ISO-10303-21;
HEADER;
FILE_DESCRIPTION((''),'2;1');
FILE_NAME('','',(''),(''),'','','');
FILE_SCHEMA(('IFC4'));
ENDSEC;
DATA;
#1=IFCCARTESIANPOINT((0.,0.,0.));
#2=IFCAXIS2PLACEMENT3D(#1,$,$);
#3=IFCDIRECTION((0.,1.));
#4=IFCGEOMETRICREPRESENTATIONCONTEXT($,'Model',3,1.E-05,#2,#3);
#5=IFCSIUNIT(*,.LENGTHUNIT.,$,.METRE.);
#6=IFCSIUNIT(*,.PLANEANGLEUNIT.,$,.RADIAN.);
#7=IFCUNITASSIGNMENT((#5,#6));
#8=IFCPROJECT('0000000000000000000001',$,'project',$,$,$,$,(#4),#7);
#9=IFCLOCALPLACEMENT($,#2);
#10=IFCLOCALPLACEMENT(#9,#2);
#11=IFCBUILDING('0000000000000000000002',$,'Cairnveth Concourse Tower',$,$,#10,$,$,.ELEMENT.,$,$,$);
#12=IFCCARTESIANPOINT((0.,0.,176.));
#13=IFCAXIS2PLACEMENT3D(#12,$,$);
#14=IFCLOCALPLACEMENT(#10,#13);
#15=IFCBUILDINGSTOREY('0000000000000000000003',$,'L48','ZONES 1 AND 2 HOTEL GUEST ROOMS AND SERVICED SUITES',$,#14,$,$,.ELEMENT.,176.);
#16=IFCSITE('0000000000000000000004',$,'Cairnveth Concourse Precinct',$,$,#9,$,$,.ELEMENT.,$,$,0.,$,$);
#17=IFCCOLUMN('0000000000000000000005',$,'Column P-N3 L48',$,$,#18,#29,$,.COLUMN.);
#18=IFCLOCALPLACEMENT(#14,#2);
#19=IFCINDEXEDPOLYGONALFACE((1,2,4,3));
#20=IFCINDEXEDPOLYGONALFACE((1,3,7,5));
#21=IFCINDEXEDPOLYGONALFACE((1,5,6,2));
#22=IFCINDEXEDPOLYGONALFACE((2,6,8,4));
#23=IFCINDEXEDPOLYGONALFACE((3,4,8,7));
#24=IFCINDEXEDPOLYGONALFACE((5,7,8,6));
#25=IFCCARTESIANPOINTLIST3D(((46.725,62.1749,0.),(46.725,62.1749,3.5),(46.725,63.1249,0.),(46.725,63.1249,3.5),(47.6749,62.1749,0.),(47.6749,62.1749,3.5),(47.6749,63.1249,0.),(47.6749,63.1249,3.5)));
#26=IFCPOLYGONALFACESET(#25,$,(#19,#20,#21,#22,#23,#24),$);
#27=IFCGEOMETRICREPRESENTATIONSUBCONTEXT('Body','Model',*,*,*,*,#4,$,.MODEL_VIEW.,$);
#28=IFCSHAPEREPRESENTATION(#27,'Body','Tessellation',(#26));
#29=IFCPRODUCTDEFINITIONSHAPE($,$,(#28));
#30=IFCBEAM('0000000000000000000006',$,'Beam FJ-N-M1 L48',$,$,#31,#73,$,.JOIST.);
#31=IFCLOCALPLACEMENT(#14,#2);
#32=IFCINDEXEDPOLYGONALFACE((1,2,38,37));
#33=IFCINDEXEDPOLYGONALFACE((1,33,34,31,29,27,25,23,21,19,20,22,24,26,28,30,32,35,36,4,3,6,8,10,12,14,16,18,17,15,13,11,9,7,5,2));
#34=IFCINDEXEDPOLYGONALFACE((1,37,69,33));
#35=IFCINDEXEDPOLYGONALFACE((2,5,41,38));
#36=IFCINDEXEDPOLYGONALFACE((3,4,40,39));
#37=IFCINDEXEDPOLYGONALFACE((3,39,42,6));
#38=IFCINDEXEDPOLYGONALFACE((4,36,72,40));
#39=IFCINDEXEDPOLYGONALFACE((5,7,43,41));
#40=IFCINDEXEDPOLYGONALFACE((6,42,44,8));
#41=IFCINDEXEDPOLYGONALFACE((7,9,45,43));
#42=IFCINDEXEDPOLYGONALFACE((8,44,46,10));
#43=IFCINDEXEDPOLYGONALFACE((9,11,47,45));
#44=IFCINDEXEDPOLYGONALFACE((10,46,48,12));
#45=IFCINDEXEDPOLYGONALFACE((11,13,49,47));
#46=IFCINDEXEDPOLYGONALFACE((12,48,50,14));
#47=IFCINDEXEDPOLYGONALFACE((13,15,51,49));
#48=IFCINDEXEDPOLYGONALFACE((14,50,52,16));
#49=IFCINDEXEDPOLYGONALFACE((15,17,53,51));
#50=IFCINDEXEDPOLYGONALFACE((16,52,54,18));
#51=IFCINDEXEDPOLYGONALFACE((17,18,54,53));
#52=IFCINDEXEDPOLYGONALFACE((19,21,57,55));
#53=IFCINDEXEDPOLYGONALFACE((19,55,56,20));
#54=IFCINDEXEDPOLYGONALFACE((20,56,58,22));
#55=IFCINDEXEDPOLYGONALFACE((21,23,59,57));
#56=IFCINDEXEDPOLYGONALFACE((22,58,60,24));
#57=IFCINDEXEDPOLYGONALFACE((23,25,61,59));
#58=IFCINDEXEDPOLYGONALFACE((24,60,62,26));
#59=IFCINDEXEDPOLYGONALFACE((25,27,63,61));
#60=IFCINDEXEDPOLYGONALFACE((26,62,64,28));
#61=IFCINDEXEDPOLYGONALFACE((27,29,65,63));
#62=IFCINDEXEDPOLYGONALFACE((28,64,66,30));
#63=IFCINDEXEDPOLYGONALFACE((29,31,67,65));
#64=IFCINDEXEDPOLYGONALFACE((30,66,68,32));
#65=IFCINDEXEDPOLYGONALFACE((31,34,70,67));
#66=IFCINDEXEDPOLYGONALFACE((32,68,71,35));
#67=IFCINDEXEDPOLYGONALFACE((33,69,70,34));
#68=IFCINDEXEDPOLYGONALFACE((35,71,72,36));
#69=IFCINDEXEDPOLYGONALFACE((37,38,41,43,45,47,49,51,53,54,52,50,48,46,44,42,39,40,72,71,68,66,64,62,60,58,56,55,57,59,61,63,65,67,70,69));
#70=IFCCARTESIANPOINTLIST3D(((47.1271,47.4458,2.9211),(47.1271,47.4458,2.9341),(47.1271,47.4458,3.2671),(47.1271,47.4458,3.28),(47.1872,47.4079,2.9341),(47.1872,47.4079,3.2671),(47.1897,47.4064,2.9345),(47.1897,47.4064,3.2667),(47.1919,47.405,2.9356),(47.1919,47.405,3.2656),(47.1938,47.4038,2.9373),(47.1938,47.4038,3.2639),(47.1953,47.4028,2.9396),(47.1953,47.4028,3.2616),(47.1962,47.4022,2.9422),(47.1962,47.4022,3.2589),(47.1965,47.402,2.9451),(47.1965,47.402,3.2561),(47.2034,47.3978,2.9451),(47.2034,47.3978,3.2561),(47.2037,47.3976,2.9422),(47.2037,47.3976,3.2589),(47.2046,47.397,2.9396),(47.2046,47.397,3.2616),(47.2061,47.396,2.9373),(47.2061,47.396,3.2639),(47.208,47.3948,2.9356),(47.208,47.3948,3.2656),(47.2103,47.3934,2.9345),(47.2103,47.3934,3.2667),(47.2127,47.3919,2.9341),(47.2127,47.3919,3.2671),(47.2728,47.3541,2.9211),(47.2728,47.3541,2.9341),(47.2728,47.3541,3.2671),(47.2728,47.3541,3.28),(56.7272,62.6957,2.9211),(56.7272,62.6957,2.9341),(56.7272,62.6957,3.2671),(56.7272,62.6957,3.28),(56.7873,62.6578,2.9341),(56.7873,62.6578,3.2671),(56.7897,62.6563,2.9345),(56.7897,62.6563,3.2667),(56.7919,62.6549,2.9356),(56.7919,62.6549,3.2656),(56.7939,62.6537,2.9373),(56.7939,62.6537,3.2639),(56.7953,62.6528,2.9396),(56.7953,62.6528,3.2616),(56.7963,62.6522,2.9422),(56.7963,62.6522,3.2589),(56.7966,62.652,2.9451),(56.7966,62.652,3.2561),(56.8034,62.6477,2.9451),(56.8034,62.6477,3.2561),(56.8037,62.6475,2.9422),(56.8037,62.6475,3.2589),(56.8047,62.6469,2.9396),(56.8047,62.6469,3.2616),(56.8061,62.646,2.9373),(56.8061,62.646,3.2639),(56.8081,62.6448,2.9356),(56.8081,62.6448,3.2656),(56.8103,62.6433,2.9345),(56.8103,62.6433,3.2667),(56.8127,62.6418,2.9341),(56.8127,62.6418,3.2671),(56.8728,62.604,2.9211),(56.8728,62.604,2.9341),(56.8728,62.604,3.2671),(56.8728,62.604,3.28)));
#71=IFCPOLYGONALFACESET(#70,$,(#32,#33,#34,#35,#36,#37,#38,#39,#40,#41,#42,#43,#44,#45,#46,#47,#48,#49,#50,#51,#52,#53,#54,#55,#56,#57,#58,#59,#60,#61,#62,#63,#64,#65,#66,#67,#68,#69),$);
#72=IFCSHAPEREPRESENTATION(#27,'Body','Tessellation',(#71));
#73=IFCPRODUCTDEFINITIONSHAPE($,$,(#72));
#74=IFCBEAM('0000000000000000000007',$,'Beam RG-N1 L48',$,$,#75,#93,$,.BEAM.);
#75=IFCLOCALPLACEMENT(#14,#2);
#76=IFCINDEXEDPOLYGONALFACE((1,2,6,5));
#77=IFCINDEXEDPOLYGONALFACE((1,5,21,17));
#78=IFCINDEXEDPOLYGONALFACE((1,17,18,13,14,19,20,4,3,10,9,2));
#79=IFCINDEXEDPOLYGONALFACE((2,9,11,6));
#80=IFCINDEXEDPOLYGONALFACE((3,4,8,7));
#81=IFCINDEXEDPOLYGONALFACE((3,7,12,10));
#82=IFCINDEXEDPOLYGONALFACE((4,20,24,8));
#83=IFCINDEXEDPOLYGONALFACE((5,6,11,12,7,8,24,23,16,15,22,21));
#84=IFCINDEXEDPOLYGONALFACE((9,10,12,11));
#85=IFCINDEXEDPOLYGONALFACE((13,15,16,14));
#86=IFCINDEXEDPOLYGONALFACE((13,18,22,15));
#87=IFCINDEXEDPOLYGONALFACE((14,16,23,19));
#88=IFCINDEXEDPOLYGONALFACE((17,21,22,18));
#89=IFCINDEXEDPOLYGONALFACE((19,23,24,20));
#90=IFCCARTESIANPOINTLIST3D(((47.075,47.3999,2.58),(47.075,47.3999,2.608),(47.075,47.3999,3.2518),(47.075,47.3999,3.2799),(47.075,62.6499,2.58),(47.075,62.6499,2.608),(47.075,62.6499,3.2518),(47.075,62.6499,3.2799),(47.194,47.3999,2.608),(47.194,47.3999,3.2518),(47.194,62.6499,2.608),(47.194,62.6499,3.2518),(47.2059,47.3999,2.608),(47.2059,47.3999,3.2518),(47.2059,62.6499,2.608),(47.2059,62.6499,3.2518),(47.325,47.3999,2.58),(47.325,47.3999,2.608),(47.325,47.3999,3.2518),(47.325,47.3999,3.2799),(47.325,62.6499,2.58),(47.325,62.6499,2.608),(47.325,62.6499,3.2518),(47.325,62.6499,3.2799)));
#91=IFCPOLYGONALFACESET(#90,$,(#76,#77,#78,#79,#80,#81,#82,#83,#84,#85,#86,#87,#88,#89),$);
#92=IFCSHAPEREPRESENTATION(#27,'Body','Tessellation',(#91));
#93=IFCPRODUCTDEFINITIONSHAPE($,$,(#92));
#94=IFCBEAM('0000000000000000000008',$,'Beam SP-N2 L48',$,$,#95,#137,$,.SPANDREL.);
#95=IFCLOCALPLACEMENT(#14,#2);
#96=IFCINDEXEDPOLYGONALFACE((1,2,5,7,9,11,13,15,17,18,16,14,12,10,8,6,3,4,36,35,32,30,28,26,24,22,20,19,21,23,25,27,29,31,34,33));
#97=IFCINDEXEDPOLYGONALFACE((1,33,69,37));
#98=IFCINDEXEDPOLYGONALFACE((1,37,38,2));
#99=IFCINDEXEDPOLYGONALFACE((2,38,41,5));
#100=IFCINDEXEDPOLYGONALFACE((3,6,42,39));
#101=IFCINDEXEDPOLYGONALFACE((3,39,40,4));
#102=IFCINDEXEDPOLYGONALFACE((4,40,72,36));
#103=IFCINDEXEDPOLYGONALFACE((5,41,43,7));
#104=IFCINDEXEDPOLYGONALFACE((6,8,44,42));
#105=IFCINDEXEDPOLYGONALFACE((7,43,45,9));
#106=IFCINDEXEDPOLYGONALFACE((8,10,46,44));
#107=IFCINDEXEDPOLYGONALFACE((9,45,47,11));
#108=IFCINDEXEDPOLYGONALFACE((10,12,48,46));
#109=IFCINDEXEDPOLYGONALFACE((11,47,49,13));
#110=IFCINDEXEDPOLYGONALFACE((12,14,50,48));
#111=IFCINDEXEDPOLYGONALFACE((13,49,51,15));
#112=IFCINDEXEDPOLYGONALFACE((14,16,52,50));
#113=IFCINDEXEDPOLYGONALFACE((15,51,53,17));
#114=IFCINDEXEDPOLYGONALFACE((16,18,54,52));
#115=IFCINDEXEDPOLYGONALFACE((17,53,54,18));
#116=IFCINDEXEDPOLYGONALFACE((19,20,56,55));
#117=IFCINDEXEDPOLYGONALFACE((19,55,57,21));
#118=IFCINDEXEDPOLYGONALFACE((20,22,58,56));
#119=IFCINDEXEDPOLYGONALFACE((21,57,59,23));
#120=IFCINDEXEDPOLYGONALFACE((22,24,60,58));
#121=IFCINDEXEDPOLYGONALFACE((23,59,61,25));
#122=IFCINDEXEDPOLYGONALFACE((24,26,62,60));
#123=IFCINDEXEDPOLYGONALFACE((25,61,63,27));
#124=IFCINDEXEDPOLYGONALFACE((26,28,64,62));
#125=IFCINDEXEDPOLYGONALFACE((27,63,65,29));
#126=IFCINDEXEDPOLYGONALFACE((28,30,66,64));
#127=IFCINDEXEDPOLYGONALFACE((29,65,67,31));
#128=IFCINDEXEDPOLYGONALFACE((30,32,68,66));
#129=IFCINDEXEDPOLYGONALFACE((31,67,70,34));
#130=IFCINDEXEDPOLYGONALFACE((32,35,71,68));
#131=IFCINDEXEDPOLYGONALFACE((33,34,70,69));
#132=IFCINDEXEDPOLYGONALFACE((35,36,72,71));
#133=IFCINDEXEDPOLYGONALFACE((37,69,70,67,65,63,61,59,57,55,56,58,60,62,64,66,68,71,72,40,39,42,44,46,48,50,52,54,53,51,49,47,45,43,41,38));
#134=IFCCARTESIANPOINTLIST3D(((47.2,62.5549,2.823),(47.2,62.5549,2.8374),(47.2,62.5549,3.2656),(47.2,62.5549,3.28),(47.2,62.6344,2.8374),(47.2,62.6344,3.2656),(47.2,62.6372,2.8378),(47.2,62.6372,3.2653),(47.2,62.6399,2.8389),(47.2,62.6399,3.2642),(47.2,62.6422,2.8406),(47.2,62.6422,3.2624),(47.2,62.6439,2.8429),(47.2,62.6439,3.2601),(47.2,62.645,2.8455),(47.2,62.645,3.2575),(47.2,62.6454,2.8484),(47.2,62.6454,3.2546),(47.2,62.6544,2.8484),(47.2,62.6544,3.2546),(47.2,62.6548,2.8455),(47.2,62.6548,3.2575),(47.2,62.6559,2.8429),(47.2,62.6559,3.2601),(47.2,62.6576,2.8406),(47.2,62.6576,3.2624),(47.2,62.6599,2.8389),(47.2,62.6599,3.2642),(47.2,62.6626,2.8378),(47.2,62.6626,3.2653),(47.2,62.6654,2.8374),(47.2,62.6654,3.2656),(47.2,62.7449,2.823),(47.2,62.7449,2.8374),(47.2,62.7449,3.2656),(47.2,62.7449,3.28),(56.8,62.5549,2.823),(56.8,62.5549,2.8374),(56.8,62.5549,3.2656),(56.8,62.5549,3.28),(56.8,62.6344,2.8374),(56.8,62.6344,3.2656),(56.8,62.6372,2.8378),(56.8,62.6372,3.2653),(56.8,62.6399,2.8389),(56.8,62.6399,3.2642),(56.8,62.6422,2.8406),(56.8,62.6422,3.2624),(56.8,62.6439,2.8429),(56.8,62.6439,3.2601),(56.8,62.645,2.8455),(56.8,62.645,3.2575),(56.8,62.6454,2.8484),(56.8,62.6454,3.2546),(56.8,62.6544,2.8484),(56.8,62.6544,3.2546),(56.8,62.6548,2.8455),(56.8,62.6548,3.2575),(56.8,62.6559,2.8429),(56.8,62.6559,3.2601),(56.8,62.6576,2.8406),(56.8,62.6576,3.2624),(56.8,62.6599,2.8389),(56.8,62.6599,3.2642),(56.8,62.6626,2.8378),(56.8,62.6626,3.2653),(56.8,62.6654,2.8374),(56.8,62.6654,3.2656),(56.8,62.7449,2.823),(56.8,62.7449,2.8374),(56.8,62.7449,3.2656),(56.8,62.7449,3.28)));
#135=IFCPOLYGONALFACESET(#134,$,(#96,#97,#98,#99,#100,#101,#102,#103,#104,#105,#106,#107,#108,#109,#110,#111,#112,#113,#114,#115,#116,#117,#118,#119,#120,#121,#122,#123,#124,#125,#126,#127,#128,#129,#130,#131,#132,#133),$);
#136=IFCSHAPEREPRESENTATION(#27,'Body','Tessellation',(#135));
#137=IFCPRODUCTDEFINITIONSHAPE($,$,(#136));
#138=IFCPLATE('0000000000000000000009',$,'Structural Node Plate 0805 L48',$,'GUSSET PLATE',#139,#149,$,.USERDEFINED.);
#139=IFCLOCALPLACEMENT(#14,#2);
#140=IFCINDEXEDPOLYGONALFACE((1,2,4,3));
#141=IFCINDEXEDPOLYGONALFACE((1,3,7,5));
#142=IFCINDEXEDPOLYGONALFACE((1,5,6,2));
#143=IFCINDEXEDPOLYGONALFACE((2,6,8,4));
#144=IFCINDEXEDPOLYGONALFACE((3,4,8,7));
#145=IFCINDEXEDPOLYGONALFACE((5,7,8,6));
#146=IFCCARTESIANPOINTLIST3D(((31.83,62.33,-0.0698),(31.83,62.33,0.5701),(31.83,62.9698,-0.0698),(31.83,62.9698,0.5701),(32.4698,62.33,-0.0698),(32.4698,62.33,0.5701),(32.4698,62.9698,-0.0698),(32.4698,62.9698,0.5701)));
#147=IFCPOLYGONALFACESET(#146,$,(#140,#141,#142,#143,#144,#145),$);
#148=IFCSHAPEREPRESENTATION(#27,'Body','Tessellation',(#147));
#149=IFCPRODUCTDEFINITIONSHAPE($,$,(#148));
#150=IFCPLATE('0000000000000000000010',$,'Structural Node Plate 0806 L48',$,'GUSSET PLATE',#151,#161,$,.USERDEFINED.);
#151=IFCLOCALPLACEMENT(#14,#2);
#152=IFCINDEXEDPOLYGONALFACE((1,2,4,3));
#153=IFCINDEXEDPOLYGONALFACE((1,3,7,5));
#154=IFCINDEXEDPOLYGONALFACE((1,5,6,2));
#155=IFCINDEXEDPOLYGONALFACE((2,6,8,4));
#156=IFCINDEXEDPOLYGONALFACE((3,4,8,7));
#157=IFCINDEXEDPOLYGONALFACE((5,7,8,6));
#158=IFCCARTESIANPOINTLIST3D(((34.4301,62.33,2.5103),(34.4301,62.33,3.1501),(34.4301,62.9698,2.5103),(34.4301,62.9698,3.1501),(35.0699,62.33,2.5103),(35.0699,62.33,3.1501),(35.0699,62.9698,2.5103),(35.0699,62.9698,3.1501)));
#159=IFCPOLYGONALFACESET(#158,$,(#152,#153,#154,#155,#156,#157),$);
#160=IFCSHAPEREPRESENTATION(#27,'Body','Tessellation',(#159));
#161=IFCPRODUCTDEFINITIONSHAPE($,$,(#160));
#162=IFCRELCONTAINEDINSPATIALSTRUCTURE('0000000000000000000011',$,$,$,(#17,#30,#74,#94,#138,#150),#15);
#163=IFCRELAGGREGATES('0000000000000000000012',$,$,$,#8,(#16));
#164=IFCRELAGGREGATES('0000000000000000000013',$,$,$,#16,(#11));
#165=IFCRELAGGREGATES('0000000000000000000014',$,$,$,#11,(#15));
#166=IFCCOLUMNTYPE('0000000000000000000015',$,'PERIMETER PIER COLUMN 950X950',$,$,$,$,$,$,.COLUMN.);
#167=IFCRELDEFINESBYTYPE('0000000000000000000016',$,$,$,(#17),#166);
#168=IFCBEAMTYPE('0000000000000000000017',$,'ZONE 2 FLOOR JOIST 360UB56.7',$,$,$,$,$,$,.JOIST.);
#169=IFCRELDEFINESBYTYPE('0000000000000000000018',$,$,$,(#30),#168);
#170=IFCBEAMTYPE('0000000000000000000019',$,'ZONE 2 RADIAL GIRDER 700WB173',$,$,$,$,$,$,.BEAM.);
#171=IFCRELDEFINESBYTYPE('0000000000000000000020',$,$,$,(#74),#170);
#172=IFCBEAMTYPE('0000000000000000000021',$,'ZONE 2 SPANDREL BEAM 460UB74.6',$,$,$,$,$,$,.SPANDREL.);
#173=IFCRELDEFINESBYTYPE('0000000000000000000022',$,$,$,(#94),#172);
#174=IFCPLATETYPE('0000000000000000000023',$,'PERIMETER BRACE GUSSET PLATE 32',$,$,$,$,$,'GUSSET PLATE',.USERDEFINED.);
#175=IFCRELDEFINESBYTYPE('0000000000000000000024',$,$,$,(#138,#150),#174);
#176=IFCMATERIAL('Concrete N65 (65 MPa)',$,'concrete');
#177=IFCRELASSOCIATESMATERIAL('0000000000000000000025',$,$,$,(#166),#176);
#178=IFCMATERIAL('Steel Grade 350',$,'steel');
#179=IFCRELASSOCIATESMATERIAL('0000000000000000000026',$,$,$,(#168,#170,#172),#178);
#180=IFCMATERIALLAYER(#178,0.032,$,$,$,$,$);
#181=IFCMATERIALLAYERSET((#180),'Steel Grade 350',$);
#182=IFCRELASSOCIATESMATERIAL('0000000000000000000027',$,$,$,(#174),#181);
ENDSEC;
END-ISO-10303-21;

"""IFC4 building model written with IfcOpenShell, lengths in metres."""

from ifc_helpers import new_model, si_unit, direction, frame, origin, origin_2d, place, context, subcontext, project, spatial, rectangle, i_section, extrude, material, layer, layer_set, material_profile, profile_set, type_object, element, save


model = new_model("IFC4")

# Units and contexts
model_context = context("Model", 3, precision=1e-05, world=origin(), true_north=direction((0.0, 1.0)))
body_context = subcontext(model_context, "Body", "Model", "MODEL_VIEW")
ifc_project = project(units=[si_unit("LENGTHUNIT", "METRE"), si_unit("PLANEANGLEUNIT", "RADIAN")], contexts=[model_context])

# Site, building, storey
site_placement = place(None, origin())
site = spatial("IfcSite", under=ifc_project, at=site_placement, Name="Cairnveth Concourse Precinct", CompositionType="ELEMENT", RefElevation=0.0)
building_placement = place(site_placement, origin())
building = spatial("IfcBuilding", under=site, at=building_placement, Name="Cairnveth Concourse Tower", CompositionType="ELEMENT")
storey_placement = place(building_placement, frame((0.0, 0.0, 176.0)))
storey = spatial("IfcBuildingStorey", under=building, at=storey_placement, Name="L48", Description="ZONES 1 AND 2 HOTEL GUEST ROOMS AND SERVICED SUITES", CompositionType="ELEMENT", Elevation=176.0)

# Column
ifc_material_1 = material(Name="Concrete N65 (65 MPa)", Category="concrete")
ifc_material_profile_1 = material_profile(ifc_material_1, rectangle(XDim=0.95, YDim=0.95, at=origin_2d()), Name="RC-COL-950x950")
ifc_profile_set_1 = profile_set([ifc_material_profile_1], Name="Concrete N65 (65 MPa)")
column_type = type_object("IfcColumnType", Name="PERIMETER PIER COLUMN 950X950", PredefinedType="COLUMN", material=ifc_profile_set_1)
column_placement = place(storey_placement, frame((47.2, 62.6499, 0.0), z_axis=(0.0, 0.0, 1.0), x_axis=(1.0, 0.0, 0.0)))
element("IfcColumn", 1, at=column_placement, inside=storey, type_object=column_type, Name="Column P-N3 L48", PredefinedType="COLUMN", context=body_context, shape_type="SweptSolid", body=[
    extrude(rectangle(XDim=0.95, YDim=0.95, at=origin_2d()), origin(), (0.0, 0.0, 1.0), 3.5),
])

# Beams
ifc_material_2 = material(Name="Steel Grade 350", Category="steel")
ifc_material_profile_2 = material_profile(ifc_material_2, i_section(OverallWidth=0.1721, OverallDepth=0.3589, WebThickness=0.0081, FlangeThickness=0.0129, FilletRadius=0.011, at=origin_2d()), Name="360UB56.7")
ifc_profile_set_2 = profile_set([ifc_material_profile_2], Name="Steel Grade 350")
beam_type_1 = type_object("IfcBeamType", Name="ZONE 2 FLOOR JOIST 360UB56.7", PredefinedType="JOIST", material=ifc_profile_set_2)
beam_1_placement = place(storey_placement, frame((47.2, 47.3999, 3.1006), z_axis=(0.532744, 0.846277, 0.0), x_axis=(-0.846277, 0.532744, 0.0)))
element("IfcBeam", 2, at=beam_1_placement, inside=storey, type_object=beam_type_1, Name="Beam FJ-N-M1 L48", PredefinedType="JOIST", context=body_context, shape_type="SweptSolid", body=[
    extrude(i_section(OverallWidth=0.1721, OverallDepth=0.3589, WebThickness=0.0081, FlangeThickness=0.0129, FilletRadius=0.011, at=origin_2d()), origin(), (0.0, 0.0, 1.0), 18.02),
])
ifc_material_profile_3 = material_profile(ifc_material_2, i_section(OverallWidth=0.25, OverallDepth=0.7, WebThickness=0.012, FlangeThickness=0.0281, at=origin_2d()), Name="700WB173")
ifc_profile_set_3 = profile_set([ifc_material_profile_3], Name="Steel Grade 350")
beam_type_2 = type_object("IfcBeamType", Name="ZONE 2 RADIAL GIRDER 700WB173", PredefinedType="BEAM", material=ifc_profile_set_3)
beam_2_placement = place(storey_placement, frame((47.2, 47.3999, 2.9299), z_axis=(0.0, 1.0, 0.0), x_axis=(-1.0, 0.0, 0.0)))
element("IfcBeam", 3, at=beam_2_placement, inside=storey, type_object=beam_type_2, Name="Beam RG-N1 L48", PredefinedType="BEAM", context=body_context, shape_type="SweptSolid", body=[
    extrude(i_section(OverallWidth=0.25, OverallDepth=0.7, WebThickness=0.012, FlangeThickness=0.0281, at=origin_2d()), origin(), (0.0, 0.0, 1.0), 15.25),
])
ifc_material_profile_4 = material_profile(ifc_material_2, i_section(OverallWidth=0.1899, OverallDepth=0.457, WebThickness=0.009, FlangeThickness=0.0144, FilletRadius=0.011, at=origin_2d()), Name="460UB74.6")
ifc_profile_set_4 = profile_set([ifc_material_profile_4], Name="Steel Grade 350")
beam_type_3 = type_object("IfcBeamType", Name="ZONE 2 SPANDREL BEAM 460UB74.6", PredefinedType="SPANDREL", material=ifc_profile_set_4)
beam_3_placement = place(storey_placement, frame((47.2, 62.6499, 3.0515), z_axis=(1.0, 0.0, 0.0), x_axis=(0.0, 1.0, 0.0)))
element("IfcBeam", 4, at=beam_3_placement, inside=storey, type_object=beam_type_3, Name="Beam SP-N2 L48", PredefinedType="SPANDREL", context=body_context, shape_type="SweptSolid", body=[
    extrude(i_section(OverallWidth=0.1899, OverallDepth=0.457, WebThickness=0.009, FlangeThickness=0.0144, FilletRadius=0.011, at=origin_2d()), origin(), (0.0, 0.0, 1.0), 9.6001),
])

# Plates
ifc_layer_1 = layer(ifc_material_2, 0.032)
ifc_layer_set_1 = layer_set([ifc_layer_1], Name="Steel Grade 350")
plate_type = type_object("IfcPlateType", Name="PERIMETER BRACE GUSSET PLATE 32", ElementType="GUSSET PLATE", PredefinedType="USERDEFINED", material=ifc_layer_set_1)
for number, where, z_axis, x_axis, name in (
    (5, (32.1499, 62.6499, -0.0698), (0.0, 0.0, 1.0), (1.0, 0.0, 0.0), "Structural Node Plate 0805 L48"),
    (6, (34.75, 62.6499, 2.5103), (0.0, 0.0, 1.0), (1.0, 0.0, 0.0), "Structural Node Plate 0806 L48"),
):
    element("IfcPlate", number, at=place(storey_placement, frame(where, z_axis=z_axis, x_axis=x_axis)), inside=storey, type_object=plate_type, Name=name, ObjectType="GUSSET PLATE", PredefinedType="USERDEFINED", context=body_context, shape_type="SweptSolid", body=[
        extrude(rectangle(XDim=0.6399, YDim=0.6399, at=origin_2d()), origin(), (0.0, 0.0, 1.0), 0.6399),
    ])

save(model, "model.ifc")
